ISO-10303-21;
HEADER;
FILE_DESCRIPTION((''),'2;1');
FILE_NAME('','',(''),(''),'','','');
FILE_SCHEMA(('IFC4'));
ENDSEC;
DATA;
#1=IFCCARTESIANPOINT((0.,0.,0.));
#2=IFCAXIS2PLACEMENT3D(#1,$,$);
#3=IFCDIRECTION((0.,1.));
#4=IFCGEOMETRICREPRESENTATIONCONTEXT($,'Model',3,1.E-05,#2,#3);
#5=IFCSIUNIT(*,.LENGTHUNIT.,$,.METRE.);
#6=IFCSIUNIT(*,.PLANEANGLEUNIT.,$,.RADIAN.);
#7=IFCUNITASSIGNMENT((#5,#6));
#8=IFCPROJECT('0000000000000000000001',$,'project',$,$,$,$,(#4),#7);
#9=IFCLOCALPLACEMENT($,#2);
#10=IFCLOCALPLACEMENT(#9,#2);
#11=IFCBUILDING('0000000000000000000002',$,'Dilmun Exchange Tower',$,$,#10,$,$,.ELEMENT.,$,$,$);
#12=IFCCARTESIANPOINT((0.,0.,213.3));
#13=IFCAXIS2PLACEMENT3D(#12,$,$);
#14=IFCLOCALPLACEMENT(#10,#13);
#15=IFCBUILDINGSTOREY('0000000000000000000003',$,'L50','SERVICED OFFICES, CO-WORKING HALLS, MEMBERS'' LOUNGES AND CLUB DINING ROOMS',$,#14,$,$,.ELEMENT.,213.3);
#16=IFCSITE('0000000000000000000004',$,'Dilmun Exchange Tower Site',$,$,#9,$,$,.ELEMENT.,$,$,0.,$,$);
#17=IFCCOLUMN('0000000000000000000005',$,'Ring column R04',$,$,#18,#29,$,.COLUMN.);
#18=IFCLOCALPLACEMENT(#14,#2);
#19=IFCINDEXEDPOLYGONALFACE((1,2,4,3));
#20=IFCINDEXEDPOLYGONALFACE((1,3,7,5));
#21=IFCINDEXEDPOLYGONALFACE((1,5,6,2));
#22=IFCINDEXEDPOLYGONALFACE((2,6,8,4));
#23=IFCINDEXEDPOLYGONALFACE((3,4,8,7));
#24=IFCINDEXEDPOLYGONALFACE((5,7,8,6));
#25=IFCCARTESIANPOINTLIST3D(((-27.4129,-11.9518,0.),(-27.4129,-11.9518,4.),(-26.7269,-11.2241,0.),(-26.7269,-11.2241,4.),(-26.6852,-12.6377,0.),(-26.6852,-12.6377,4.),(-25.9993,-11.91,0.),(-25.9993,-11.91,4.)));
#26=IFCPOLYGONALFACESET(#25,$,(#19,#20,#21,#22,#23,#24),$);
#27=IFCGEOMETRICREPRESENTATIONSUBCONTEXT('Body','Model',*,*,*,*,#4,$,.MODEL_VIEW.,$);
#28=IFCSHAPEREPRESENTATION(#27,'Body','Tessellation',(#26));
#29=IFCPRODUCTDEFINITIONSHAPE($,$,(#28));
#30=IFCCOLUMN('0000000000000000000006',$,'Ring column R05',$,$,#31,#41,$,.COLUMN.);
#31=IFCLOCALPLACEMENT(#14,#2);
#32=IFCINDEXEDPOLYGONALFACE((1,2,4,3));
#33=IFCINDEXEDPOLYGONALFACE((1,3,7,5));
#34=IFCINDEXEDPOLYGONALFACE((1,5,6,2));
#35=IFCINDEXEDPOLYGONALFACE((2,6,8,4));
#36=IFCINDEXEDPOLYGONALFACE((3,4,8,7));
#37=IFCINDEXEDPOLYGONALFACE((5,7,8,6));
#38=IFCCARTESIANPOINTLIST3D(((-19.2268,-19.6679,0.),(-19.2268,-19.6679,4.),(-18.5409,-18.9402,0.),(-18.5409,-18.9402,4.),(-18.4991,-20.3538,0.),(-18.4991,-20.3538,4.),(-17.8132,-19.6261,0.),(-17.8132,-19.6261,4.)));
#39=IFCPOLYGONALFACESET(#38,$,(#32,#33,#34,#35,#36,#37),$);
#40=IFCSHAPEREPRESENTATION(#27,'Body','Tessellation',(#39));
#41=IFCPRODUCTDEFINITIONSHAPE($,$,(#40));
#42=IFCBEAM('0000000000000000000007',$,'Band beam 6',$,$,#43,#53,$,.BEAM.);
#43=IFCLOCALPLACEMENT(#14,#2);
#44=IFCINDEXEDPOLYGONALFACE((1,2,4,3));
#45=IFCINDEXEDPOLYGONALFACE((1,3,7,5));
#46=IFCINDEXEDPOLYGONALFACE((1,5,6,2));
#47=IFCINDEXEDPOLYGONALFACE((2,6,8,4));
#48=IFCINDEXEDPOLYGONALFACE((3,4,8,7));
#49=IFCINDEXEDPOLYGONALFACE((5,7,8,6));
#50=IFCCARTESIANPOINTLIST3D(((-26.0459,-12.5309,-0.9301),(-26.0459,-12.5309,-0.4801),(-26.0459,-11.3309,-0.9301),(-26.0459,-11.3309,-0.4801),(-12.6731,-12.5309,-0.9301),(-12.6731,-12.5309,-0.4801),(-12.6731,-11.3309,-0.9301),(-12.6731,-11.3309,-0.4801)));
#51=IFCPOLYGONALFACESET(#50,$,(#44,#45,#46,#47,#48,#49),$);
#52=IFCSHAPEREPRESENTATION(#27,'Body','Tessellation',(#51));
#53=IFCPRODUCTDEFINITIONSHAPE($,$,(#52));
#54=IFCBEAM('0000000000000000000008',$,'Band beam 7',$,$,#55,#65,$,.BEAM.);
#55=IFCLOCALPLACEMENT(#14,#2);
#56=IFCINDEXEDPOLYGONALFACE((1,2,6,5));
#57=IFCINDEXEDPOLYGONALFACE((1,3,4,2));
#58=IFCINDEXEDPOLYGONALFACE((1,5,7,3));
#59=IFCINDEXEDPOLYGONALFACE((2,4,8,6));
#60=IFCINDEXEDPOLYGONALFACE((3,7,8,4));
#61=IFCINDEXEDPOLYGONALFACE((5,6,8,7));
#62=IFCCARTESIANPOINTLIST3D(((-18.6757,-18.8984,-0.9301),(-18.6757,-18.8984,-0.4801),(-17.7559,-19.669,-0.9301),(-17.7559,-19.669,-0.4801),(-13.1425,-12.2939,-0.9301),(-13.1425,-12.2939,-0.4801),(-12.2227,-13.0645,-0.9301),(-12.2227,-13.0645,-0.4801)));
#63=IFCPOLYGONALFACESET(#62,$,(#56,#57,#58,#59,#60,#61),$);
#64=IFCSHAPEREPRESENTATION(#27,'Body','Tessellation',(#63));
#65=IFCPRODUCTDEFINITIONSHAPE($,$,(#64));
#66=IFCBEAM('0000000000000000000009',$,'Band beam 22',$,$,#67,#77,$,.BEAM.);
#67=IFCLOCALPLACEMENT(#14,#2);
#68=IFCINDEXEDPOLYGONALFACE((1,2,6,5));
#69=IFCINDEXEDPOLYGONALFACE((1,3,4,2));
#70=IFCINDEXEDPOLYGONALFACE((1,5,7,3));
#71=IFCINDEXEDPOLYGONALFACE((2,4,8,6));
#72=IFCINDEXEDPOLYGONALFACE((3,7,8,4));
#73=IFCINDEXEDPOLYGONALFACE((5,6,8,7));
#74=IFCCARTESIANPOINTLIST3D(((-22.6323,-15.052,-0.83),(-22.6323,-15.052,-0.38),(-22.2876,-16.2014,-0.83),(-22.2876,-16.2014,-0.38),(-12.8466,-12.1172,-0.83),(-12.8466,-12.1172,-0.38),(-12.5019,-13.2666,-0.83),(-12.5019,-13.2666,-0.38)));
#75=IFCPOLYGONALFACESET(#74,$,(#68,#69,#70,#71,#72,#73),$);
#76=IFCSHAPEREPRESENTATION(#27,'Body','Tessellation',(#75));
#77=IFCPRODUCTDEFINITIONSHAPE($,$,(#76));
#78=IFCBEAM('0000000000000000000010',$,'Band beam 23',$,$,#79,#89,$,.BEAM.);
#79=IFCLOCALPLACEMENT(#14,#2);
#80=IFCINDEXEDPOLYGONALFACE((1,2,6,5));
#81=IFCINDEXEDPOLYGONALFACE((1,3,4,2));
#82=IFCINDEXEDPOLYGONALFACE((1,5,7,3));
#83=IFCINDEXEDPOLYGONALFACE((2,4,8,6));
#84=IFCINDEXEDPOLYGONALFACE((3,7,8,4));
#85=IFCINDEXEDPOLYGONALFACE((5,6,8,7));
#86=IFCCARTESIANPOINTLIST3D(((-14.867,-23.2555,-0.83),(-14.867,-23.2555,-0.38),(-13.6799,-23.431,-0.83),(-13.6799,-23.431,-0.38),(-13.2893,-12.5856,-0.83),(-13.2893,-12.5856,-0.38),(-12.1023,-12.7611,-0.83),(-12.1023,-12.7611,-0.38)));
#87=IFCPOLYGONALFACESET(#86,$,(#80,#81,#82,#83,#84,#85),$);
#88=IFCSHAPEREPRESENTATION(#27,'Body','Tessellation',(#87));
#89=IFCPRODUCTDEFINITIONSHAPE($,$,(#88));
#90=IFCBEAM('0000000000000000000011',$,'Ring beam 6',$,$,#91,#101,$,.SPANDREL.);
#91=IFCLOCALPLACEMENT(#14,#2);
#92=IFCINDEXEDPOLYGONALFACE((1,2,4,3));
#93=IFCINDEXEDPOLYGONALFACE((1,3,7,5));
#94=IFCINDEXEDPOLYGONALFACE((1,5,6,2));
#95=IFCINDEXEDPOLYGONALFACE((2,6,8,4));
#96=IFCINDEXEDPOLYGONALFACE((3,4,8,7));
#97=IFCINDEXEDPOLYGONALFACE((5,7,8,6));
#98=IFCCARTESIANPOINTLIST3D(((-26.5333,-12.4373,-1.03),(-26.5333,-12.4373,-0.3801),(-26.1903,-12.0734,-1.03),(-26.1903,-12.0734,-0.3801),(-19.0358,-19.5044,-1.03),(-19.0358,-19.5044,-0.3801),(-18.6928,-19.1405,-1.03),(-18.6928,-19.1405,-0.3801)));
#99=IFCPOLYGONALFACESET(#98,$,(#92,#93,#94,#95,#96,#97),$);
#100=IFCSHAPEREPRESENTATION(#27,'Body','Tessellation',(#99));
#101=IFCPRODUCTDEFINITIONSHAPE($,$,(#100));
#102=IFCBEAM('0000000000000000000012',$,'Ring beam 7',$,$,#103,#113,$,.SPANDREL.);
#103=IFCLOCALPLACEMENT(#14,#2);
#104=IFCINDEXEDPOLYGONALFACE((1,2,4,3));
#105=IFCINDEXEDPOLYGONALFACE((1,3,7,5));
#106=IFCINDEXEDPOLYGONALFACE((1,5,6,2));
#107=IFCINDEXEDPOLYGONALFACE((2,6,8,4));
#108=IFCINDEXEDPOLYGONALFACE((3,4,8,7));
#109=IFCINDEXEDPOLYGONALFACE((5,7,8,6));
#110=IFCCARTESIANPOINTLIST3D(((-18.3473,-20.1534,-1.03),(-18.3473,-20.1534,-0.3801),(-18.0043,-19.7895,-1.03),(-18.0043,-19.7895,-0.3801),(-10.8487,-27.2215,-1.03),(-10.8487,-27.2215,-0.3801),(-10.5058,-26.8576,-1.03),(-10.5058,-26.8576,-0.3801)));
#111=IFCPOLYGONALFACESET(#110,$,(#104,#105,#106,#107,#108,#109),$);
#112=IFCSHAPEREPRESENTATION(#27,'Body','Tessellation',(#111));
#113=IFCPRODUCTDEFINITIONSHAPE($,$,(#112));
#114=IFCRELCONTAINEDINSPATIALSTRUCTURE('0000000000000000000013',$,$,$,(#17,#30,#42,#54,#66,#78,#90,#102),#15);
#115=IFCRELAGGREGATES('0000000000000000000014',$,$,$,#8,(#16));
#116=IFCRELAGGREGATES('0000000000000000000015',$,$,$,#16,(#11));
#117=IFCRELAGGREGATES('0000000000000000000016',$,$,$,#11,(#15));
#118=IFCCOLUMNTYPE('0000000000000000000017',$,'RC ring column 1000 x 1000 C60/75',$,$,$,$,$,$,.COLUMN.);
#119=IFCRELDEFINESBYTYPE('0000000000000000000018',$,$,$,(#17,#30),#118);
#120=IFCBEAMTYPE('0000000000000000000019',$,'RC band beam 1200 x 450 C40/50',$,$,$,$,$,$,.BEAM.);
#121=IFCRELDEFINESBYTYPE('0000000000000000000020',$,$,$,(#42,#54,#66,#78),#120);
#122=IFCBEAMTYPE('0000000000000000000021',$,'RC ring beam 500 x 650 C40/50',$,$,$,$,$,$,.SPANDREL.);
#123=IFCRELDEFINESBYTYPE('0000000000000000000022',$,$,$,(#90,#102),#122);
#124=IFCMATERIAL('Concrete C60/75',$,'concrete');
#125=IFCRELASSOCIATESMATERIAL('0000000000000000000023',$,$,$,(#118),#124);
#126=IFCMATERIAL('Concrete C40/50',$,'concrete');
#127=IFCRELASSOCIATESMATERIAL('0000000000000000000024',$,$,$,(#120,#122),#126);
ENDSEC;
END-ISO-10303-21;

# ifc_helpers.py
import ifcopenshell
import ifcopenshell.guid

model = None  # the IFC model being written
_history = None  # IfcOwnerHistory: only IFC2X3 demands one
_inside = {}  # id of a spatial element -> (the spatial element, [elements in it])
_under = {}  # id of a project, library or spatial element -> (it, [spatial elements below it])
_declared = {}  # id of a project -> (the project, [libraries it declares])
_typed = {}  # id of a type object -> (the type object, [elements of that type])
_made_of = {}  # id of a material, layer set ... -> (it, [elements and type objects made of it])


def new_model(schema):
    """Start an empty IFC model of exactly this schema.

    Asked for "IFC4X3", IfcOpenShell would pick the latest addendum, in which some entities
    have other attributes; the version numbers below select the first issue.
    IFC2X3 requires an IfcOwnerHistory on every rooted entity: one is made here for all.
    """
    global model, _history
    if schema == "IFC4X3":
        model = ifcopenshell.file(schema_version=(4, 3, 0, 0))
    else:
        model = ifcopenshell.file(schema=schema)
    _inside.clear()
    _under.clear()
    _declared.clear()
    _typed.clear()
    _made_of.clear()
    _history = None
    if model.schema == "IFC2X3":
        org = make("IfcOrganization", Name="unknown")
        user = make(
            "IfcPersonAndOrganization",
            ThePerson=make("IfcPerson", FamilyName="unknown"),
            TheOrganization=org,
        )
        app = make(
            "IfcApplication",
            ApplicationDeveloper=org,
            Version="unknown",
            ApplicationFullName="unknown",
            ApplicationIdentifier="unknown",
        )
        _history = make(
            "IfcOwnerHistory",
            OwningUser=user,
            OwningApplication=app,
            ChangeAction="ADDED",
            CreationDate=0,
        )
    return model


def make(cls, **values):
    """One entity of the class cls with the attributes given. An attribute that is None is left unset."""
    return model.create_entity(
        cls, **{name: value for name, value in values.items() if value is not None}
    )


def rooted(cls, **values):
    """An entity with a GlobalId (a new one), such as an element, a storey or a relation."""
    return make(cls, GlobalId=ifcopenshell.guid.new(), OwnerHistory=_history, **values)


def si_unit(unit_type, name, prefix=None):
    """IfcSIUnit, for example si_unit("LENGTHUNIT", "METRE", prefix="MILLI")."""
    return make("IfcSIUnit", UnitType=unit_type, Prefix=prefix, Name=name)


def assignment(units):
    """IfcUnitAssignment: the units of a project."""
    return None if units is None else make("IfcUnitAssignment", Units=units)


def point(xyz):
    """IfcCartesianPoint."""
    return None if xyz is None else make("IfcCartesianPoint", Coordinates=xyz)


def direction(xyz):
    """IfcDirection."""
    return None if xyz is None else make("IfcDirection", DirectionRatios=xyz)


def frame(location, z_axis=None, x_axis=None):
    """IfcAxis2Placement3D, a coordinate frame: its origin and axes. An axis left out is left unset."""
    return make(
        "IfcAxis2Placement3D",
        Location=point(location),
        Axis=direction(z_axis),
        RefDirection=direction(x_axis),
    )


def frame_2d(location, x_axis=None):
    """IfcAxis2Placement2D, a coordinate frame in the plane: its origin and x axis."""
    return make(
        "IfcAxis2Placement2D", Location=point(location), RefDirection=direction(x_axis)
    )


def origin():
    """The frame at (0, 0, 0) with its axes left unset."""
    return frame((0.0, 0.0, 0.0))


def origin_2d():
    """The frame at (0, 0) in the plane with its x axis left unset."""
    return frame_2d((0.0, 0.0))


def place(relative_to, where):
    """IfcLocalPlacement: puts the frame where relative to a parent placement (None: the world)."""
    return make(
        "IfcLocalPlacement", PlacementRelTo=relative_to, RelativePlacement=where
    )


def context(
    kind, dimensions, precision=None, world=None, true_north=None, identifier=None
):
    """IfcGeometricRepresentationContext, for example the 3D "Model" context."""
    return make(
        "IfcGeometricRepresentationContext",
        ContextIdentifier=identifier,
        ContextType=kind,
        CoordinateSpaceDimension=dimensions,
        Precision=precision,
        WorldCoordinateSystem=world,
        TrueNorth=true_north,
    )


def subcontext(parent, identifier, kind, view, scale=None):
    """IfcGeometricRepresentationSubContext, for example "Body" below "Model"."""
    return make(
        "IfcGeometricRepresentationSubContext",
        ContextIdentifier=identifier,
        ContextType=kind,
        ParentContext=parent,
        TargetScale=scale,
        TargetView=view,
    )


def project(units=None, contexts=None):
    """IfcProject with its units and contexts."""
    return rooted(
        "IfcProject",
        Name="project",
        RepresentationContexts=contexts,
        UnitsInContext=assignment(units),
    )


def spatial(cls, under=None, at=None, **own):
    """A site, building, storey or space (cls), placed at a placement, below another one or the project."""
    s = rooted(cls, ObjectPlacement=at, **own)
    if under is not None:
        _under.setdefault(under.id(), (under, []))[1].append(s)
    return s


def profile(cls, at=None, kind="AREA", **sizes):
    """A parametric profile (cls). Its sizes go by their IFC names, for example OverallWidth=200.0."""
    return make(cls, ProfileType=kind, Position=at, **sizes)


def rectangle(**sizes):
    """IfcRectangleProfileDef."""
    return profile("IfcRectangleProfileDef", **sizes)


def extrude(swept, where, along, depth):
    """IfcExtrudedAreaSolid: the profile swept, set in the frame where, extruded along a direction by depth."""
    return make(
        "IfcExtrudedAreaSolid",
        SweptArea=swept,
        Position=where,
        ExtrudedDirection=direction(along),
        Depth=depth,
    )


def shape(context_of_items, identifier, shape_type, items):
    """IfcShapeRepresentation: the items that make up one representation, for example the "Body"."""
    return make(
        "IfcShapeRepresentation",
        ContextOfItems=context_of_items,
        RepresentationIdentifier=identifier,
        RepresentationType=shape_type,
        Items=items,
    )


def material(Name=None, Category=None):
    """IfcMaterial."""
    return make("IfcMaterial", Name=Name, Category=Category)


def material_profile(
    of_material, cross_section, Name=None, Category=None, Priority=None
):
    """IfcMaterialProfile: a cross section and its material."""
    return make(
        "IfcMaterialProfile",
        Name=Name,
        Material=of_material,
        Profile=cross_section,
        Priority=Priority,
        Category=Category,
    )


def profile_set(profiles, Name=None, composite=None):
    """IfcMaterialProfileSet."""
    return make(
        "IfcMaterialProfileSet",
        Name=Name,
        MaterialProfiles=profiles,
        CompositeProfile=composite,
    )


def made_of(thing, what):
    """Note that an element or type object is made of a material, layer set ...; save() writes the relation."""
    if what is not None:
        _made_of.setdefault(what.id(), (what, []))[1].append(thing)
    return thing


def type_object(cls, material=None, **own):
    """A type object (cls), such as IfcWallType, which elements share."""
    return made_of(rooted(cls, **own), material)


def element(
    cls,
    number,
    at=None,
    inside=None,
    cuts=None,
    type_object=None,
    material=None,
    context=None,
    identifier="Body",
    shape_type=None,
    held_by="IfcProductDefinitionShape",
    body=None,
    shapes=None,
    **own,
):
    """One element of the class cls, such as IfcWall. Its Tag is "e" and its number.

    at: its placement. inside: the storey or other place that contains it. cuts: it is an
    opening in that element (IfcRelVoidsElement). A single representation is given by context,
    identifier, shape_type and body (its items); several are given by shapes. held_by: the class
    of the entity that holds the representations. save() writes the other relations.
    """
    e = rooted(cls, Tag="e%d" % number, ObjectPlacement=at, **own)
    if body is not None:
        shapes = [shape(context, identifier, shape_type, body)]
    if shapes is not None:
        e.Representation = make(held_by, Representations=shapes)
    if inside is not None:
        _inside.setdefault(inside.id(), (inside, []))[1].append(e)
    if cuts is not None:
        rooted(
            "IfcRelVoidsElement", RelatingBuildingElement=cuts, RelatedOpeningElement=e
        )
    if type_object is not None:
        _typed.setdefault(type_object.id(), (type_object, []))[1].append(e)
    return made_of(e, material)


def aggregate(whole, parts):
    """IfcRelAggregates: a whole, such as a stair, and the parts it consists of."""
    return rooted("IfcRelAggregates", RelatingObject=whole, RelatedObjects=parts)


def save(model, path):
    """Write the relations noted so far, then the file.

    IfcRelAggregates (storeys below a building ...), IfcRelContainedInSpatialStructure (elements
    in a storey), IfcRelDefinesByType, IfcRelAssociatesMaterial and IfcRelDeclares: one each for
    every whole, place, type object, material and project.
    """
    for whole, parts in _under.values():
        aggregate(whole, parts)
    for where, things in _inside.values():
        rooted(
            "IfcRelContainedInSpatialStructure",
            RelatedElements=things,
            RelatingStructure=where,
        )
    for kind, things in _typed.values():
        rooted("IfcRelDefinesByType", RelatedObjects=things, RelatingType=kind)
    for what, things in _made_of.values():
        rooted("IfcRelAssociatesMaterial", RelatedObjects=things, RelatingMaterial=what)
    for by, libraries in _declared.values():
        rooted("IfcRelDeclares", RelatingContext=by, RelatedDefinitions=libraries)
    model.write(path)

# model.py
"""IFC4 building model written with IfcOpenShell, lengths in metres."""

from ifc_helpers import new_model, si_unit, direction, frame, origin, origin_2d, place, context, subcontext, project, spatial, rectangle, extrude, material, material_profile, profile_set, type_object, element, save


model = new_model("IFC4")

# Units and contexts
model_context = context("Model", 3, precision=1e-05, world=origin(), true_north=direction((0.0, 1.0)))
body_context = subcontext(model_context, "Body", "Model", "MODEL_VIEW")
ifc_project = project(units=[si_unit("LENGTHUNIT", "METRE"), si_unit("PLANEANGLEUNIT", "RADIAN")], contexts=[model_context])

# Site, building, storey
site_placement = place(None, origin())
site = spatial("IfcSite", under=ifc_project, at=site_placement, Name="Dilmun Exchange Tower Site", CompositionType="ELEMENT", RefElevation=0.0)
building_placement = place(site_placement, origin())
building = spatial("IfcBuilding", under=site, at=building_placement, Name="Dilmun Exchange Tower", CompositionType="ELEMENT")
storey_placement = place(building_placement, frame((0.0, 0.0, 213.3)))
storey = spatial("IfcBuildingStorey", under=building, at=storey_placement, Name="L50", Description="SERVICED OFFICES, CO-WORKING HALLS, MEMBERS' LOUNGES AND CLUB DINING ROOMS", CompositionType="ELEMENT", Elevation=213.3)

# Columns
ifc_material_1 = material(Name="Concrete C60/75", Category="concrete")
ifc_material_profile_1 = material_profile(ifc_material_1, rectangle(XDim=1.0, YDim=1.0, at=origin_2d()), Name="1000 x 1000")
ifc_profile_set_1 = profile_set([ifc_material_profile_1], Name="Concrete C60/75")
column_type = type_object("IfcColumnType", Name="RC ring column 1000 x 1000 C60/75", PredefinedType="COLUMN", material=ifc_profile_set_1)
for number, where, z_axis, x_axis, name in (
    (1, (-26.7061, -11.9309, 0.0), (0.0, 0.0, 1.0), (0.685916, 0.727681, 0.0), "Ring column R04"),
    (2, (-18.52, -19.647, 0.0), (0.0, 0.0, 1.0), (0.685916, 0.727681, 0.0), "Ring column R05"),
):
    element("IfcColumn", number, at=place(storey_placement, frame(where, z_axis=z_axis, x_axis=x_axis)), inside=storey, type_object=column_type, Name=name, PredefinedType="COLUMN", context=body_context, shape_type="SweptSolid", body=[
        extrude(rectangle(XDim=1.0, YDim=1.0, at=origin_2d()), origin(), (0.0, 0.0, 1.0), 4.0),
    ])

# Beams
ifc_material_2 = material(Name="Concrete C40/50", Category="concrete")
ifc_material_profile_2 = material_profile(ifc_material_2, rectangle(XDim=1.2, YDim=0.45, at=origin_2d()), Name="1200 x 450")
ifc_profile_set_2 = profile_set([ifc_material_profile_2], Name="Concrete C40/50")
beam_type_1 = type_object("IfcBeamType", Name="RC band beam 1200 x 450 C40/50", PredefinedType="BEAM", material=ifc_profile_set_2)
beam_1_placement = place(storey_placement, frame((-26.0459, -11.9309, -0.7051), z_axis=(1.0, 0.0, 0.0), x_axis=(0.0, 1.0, 0.0)))
element("IfcBeam", 3, at=beam_1_placement, inside=storey, type_object=beam_type_1, Name="Band beam 6", PredefinedType="BEAM", context=body_context, shape_type="SweptSolid", body=[
    extrude(rectangle(XDim=1.2, YDim=0.45, at=origin_2d()), origin(), (0.0, 0.0, 1.0), 13.3728),
])
beam_2_placement = place(storey_placement, frame((-18.2158, -19.2837, -0.7051), z_axis=(0.6422, 0.766537, 0.0), x_axis=(-0.766537, 0.6422, 0.0)))
element("IfcBeam", 4, at=beam_2_placement, inside=storey, type_object=beam_type_1, Name="Band beam 7", PredefinedType="BEAM", context=body_context, shape_type="SweptSolid", body=[
    extrude(rectangle(XDim=1.2, YDim=0.45, at=origin_2d()), origin(), (0.0, 0.0, 1.0), 8.616),
])
beam_3_placement = place(storey_placement, frame((-22.46, -15.6267, -0.605), z_axis=(0.95785, 0.287269, 0.0), x_axis=(-0.287269, 0.95785, 0.0)))
element("IfcBeam", 5, at=beam_3_placement, inside=storey, type_object=beam_type_1, Name="Band beam 22", PredefinedType="BEAM", context=body_context, shape_type="SweptSolid", body=[
    extrude(rectangle(XDim=1.2, YDim=0.45, at=origin_2d()), origin(), (0.0, 0.0, 1.0), 10.2163),
])
beam_4_placement = place(storey_placement, frame((-14.2734, -23.3433, -0.605), z_axis=(0.146268, 0.989245, 0.0), x_axis=(-0.989245, 0.146268, 0.0)))
element("IfcBeam", 6, at=beam_4_placement, inside=storey, type_object=beam_type_1, Name="Band beam 23", PredefinedType="BEAM", context=body_context, shape_type="SweptSolid", body=[
    extrude(rectangle(XDim=1.2, YDim=0.45, at=origin_2d()), origin(), (0.0, 0.0, 1.0), 10.7859),
])
ifc_material_profile_3 = material_profile(ifc_material_2, rectangle(XDim=0.5, YDim=0.6499, at=origin_2d()), Name="500 x 650")
ifc_profile_set_3 = profile_set([ifc_material_profile_3], Name="Concrete C40/50")
beam_type_2 = type_object("IfcBeamType", Name="RC ring beam 500 x 650 C40/50", PredefinedType="SPANDREL", material=ifc_profile_set_3)
beam_5_placement = place(storey_placement, frame((-26.3618, -12.2554, -0.7051), z_axis=(0.727686, -0.685911, 0.0), x_axis=(0.685911, 0.727686, 0.0)))
element("IfcBeam", 7, at=beam_5_placement, inside=storey, type_object=beam_type_2, Name="Ring beam 6", PredefinedType="SPANDREL", context=body_context, shape_type="SweptSolid", body=[
    extrude(rectangle(XDim=0.5, YDim=0.6499, at=origin_2d()), origin(), (0.0, 0.0, 1.0), 10.3032),
])
beam_6_placement = place(storey_placement, frame((-18.1758, -19.9714, -0.7051), z_axis=(0.727683, -0.685914, 0.0), x_axis=(0.685914, 0.727683, 0.0)))
element("IfcBeam", 8, at=beam_6_placement, inside=storey, type_object=beam_type_2, Name="Ring beam 7", PredefinedType="SPANDREL", context=body_context, shape_type="SweptSolid", body=[
    extrude(rectangle(XDim=0.5, YDim=0.6499, at=origin_2d()), origin(), (0.0, 0.0, 1.0), 10.3047),
])

save(model, "model.ifc")
